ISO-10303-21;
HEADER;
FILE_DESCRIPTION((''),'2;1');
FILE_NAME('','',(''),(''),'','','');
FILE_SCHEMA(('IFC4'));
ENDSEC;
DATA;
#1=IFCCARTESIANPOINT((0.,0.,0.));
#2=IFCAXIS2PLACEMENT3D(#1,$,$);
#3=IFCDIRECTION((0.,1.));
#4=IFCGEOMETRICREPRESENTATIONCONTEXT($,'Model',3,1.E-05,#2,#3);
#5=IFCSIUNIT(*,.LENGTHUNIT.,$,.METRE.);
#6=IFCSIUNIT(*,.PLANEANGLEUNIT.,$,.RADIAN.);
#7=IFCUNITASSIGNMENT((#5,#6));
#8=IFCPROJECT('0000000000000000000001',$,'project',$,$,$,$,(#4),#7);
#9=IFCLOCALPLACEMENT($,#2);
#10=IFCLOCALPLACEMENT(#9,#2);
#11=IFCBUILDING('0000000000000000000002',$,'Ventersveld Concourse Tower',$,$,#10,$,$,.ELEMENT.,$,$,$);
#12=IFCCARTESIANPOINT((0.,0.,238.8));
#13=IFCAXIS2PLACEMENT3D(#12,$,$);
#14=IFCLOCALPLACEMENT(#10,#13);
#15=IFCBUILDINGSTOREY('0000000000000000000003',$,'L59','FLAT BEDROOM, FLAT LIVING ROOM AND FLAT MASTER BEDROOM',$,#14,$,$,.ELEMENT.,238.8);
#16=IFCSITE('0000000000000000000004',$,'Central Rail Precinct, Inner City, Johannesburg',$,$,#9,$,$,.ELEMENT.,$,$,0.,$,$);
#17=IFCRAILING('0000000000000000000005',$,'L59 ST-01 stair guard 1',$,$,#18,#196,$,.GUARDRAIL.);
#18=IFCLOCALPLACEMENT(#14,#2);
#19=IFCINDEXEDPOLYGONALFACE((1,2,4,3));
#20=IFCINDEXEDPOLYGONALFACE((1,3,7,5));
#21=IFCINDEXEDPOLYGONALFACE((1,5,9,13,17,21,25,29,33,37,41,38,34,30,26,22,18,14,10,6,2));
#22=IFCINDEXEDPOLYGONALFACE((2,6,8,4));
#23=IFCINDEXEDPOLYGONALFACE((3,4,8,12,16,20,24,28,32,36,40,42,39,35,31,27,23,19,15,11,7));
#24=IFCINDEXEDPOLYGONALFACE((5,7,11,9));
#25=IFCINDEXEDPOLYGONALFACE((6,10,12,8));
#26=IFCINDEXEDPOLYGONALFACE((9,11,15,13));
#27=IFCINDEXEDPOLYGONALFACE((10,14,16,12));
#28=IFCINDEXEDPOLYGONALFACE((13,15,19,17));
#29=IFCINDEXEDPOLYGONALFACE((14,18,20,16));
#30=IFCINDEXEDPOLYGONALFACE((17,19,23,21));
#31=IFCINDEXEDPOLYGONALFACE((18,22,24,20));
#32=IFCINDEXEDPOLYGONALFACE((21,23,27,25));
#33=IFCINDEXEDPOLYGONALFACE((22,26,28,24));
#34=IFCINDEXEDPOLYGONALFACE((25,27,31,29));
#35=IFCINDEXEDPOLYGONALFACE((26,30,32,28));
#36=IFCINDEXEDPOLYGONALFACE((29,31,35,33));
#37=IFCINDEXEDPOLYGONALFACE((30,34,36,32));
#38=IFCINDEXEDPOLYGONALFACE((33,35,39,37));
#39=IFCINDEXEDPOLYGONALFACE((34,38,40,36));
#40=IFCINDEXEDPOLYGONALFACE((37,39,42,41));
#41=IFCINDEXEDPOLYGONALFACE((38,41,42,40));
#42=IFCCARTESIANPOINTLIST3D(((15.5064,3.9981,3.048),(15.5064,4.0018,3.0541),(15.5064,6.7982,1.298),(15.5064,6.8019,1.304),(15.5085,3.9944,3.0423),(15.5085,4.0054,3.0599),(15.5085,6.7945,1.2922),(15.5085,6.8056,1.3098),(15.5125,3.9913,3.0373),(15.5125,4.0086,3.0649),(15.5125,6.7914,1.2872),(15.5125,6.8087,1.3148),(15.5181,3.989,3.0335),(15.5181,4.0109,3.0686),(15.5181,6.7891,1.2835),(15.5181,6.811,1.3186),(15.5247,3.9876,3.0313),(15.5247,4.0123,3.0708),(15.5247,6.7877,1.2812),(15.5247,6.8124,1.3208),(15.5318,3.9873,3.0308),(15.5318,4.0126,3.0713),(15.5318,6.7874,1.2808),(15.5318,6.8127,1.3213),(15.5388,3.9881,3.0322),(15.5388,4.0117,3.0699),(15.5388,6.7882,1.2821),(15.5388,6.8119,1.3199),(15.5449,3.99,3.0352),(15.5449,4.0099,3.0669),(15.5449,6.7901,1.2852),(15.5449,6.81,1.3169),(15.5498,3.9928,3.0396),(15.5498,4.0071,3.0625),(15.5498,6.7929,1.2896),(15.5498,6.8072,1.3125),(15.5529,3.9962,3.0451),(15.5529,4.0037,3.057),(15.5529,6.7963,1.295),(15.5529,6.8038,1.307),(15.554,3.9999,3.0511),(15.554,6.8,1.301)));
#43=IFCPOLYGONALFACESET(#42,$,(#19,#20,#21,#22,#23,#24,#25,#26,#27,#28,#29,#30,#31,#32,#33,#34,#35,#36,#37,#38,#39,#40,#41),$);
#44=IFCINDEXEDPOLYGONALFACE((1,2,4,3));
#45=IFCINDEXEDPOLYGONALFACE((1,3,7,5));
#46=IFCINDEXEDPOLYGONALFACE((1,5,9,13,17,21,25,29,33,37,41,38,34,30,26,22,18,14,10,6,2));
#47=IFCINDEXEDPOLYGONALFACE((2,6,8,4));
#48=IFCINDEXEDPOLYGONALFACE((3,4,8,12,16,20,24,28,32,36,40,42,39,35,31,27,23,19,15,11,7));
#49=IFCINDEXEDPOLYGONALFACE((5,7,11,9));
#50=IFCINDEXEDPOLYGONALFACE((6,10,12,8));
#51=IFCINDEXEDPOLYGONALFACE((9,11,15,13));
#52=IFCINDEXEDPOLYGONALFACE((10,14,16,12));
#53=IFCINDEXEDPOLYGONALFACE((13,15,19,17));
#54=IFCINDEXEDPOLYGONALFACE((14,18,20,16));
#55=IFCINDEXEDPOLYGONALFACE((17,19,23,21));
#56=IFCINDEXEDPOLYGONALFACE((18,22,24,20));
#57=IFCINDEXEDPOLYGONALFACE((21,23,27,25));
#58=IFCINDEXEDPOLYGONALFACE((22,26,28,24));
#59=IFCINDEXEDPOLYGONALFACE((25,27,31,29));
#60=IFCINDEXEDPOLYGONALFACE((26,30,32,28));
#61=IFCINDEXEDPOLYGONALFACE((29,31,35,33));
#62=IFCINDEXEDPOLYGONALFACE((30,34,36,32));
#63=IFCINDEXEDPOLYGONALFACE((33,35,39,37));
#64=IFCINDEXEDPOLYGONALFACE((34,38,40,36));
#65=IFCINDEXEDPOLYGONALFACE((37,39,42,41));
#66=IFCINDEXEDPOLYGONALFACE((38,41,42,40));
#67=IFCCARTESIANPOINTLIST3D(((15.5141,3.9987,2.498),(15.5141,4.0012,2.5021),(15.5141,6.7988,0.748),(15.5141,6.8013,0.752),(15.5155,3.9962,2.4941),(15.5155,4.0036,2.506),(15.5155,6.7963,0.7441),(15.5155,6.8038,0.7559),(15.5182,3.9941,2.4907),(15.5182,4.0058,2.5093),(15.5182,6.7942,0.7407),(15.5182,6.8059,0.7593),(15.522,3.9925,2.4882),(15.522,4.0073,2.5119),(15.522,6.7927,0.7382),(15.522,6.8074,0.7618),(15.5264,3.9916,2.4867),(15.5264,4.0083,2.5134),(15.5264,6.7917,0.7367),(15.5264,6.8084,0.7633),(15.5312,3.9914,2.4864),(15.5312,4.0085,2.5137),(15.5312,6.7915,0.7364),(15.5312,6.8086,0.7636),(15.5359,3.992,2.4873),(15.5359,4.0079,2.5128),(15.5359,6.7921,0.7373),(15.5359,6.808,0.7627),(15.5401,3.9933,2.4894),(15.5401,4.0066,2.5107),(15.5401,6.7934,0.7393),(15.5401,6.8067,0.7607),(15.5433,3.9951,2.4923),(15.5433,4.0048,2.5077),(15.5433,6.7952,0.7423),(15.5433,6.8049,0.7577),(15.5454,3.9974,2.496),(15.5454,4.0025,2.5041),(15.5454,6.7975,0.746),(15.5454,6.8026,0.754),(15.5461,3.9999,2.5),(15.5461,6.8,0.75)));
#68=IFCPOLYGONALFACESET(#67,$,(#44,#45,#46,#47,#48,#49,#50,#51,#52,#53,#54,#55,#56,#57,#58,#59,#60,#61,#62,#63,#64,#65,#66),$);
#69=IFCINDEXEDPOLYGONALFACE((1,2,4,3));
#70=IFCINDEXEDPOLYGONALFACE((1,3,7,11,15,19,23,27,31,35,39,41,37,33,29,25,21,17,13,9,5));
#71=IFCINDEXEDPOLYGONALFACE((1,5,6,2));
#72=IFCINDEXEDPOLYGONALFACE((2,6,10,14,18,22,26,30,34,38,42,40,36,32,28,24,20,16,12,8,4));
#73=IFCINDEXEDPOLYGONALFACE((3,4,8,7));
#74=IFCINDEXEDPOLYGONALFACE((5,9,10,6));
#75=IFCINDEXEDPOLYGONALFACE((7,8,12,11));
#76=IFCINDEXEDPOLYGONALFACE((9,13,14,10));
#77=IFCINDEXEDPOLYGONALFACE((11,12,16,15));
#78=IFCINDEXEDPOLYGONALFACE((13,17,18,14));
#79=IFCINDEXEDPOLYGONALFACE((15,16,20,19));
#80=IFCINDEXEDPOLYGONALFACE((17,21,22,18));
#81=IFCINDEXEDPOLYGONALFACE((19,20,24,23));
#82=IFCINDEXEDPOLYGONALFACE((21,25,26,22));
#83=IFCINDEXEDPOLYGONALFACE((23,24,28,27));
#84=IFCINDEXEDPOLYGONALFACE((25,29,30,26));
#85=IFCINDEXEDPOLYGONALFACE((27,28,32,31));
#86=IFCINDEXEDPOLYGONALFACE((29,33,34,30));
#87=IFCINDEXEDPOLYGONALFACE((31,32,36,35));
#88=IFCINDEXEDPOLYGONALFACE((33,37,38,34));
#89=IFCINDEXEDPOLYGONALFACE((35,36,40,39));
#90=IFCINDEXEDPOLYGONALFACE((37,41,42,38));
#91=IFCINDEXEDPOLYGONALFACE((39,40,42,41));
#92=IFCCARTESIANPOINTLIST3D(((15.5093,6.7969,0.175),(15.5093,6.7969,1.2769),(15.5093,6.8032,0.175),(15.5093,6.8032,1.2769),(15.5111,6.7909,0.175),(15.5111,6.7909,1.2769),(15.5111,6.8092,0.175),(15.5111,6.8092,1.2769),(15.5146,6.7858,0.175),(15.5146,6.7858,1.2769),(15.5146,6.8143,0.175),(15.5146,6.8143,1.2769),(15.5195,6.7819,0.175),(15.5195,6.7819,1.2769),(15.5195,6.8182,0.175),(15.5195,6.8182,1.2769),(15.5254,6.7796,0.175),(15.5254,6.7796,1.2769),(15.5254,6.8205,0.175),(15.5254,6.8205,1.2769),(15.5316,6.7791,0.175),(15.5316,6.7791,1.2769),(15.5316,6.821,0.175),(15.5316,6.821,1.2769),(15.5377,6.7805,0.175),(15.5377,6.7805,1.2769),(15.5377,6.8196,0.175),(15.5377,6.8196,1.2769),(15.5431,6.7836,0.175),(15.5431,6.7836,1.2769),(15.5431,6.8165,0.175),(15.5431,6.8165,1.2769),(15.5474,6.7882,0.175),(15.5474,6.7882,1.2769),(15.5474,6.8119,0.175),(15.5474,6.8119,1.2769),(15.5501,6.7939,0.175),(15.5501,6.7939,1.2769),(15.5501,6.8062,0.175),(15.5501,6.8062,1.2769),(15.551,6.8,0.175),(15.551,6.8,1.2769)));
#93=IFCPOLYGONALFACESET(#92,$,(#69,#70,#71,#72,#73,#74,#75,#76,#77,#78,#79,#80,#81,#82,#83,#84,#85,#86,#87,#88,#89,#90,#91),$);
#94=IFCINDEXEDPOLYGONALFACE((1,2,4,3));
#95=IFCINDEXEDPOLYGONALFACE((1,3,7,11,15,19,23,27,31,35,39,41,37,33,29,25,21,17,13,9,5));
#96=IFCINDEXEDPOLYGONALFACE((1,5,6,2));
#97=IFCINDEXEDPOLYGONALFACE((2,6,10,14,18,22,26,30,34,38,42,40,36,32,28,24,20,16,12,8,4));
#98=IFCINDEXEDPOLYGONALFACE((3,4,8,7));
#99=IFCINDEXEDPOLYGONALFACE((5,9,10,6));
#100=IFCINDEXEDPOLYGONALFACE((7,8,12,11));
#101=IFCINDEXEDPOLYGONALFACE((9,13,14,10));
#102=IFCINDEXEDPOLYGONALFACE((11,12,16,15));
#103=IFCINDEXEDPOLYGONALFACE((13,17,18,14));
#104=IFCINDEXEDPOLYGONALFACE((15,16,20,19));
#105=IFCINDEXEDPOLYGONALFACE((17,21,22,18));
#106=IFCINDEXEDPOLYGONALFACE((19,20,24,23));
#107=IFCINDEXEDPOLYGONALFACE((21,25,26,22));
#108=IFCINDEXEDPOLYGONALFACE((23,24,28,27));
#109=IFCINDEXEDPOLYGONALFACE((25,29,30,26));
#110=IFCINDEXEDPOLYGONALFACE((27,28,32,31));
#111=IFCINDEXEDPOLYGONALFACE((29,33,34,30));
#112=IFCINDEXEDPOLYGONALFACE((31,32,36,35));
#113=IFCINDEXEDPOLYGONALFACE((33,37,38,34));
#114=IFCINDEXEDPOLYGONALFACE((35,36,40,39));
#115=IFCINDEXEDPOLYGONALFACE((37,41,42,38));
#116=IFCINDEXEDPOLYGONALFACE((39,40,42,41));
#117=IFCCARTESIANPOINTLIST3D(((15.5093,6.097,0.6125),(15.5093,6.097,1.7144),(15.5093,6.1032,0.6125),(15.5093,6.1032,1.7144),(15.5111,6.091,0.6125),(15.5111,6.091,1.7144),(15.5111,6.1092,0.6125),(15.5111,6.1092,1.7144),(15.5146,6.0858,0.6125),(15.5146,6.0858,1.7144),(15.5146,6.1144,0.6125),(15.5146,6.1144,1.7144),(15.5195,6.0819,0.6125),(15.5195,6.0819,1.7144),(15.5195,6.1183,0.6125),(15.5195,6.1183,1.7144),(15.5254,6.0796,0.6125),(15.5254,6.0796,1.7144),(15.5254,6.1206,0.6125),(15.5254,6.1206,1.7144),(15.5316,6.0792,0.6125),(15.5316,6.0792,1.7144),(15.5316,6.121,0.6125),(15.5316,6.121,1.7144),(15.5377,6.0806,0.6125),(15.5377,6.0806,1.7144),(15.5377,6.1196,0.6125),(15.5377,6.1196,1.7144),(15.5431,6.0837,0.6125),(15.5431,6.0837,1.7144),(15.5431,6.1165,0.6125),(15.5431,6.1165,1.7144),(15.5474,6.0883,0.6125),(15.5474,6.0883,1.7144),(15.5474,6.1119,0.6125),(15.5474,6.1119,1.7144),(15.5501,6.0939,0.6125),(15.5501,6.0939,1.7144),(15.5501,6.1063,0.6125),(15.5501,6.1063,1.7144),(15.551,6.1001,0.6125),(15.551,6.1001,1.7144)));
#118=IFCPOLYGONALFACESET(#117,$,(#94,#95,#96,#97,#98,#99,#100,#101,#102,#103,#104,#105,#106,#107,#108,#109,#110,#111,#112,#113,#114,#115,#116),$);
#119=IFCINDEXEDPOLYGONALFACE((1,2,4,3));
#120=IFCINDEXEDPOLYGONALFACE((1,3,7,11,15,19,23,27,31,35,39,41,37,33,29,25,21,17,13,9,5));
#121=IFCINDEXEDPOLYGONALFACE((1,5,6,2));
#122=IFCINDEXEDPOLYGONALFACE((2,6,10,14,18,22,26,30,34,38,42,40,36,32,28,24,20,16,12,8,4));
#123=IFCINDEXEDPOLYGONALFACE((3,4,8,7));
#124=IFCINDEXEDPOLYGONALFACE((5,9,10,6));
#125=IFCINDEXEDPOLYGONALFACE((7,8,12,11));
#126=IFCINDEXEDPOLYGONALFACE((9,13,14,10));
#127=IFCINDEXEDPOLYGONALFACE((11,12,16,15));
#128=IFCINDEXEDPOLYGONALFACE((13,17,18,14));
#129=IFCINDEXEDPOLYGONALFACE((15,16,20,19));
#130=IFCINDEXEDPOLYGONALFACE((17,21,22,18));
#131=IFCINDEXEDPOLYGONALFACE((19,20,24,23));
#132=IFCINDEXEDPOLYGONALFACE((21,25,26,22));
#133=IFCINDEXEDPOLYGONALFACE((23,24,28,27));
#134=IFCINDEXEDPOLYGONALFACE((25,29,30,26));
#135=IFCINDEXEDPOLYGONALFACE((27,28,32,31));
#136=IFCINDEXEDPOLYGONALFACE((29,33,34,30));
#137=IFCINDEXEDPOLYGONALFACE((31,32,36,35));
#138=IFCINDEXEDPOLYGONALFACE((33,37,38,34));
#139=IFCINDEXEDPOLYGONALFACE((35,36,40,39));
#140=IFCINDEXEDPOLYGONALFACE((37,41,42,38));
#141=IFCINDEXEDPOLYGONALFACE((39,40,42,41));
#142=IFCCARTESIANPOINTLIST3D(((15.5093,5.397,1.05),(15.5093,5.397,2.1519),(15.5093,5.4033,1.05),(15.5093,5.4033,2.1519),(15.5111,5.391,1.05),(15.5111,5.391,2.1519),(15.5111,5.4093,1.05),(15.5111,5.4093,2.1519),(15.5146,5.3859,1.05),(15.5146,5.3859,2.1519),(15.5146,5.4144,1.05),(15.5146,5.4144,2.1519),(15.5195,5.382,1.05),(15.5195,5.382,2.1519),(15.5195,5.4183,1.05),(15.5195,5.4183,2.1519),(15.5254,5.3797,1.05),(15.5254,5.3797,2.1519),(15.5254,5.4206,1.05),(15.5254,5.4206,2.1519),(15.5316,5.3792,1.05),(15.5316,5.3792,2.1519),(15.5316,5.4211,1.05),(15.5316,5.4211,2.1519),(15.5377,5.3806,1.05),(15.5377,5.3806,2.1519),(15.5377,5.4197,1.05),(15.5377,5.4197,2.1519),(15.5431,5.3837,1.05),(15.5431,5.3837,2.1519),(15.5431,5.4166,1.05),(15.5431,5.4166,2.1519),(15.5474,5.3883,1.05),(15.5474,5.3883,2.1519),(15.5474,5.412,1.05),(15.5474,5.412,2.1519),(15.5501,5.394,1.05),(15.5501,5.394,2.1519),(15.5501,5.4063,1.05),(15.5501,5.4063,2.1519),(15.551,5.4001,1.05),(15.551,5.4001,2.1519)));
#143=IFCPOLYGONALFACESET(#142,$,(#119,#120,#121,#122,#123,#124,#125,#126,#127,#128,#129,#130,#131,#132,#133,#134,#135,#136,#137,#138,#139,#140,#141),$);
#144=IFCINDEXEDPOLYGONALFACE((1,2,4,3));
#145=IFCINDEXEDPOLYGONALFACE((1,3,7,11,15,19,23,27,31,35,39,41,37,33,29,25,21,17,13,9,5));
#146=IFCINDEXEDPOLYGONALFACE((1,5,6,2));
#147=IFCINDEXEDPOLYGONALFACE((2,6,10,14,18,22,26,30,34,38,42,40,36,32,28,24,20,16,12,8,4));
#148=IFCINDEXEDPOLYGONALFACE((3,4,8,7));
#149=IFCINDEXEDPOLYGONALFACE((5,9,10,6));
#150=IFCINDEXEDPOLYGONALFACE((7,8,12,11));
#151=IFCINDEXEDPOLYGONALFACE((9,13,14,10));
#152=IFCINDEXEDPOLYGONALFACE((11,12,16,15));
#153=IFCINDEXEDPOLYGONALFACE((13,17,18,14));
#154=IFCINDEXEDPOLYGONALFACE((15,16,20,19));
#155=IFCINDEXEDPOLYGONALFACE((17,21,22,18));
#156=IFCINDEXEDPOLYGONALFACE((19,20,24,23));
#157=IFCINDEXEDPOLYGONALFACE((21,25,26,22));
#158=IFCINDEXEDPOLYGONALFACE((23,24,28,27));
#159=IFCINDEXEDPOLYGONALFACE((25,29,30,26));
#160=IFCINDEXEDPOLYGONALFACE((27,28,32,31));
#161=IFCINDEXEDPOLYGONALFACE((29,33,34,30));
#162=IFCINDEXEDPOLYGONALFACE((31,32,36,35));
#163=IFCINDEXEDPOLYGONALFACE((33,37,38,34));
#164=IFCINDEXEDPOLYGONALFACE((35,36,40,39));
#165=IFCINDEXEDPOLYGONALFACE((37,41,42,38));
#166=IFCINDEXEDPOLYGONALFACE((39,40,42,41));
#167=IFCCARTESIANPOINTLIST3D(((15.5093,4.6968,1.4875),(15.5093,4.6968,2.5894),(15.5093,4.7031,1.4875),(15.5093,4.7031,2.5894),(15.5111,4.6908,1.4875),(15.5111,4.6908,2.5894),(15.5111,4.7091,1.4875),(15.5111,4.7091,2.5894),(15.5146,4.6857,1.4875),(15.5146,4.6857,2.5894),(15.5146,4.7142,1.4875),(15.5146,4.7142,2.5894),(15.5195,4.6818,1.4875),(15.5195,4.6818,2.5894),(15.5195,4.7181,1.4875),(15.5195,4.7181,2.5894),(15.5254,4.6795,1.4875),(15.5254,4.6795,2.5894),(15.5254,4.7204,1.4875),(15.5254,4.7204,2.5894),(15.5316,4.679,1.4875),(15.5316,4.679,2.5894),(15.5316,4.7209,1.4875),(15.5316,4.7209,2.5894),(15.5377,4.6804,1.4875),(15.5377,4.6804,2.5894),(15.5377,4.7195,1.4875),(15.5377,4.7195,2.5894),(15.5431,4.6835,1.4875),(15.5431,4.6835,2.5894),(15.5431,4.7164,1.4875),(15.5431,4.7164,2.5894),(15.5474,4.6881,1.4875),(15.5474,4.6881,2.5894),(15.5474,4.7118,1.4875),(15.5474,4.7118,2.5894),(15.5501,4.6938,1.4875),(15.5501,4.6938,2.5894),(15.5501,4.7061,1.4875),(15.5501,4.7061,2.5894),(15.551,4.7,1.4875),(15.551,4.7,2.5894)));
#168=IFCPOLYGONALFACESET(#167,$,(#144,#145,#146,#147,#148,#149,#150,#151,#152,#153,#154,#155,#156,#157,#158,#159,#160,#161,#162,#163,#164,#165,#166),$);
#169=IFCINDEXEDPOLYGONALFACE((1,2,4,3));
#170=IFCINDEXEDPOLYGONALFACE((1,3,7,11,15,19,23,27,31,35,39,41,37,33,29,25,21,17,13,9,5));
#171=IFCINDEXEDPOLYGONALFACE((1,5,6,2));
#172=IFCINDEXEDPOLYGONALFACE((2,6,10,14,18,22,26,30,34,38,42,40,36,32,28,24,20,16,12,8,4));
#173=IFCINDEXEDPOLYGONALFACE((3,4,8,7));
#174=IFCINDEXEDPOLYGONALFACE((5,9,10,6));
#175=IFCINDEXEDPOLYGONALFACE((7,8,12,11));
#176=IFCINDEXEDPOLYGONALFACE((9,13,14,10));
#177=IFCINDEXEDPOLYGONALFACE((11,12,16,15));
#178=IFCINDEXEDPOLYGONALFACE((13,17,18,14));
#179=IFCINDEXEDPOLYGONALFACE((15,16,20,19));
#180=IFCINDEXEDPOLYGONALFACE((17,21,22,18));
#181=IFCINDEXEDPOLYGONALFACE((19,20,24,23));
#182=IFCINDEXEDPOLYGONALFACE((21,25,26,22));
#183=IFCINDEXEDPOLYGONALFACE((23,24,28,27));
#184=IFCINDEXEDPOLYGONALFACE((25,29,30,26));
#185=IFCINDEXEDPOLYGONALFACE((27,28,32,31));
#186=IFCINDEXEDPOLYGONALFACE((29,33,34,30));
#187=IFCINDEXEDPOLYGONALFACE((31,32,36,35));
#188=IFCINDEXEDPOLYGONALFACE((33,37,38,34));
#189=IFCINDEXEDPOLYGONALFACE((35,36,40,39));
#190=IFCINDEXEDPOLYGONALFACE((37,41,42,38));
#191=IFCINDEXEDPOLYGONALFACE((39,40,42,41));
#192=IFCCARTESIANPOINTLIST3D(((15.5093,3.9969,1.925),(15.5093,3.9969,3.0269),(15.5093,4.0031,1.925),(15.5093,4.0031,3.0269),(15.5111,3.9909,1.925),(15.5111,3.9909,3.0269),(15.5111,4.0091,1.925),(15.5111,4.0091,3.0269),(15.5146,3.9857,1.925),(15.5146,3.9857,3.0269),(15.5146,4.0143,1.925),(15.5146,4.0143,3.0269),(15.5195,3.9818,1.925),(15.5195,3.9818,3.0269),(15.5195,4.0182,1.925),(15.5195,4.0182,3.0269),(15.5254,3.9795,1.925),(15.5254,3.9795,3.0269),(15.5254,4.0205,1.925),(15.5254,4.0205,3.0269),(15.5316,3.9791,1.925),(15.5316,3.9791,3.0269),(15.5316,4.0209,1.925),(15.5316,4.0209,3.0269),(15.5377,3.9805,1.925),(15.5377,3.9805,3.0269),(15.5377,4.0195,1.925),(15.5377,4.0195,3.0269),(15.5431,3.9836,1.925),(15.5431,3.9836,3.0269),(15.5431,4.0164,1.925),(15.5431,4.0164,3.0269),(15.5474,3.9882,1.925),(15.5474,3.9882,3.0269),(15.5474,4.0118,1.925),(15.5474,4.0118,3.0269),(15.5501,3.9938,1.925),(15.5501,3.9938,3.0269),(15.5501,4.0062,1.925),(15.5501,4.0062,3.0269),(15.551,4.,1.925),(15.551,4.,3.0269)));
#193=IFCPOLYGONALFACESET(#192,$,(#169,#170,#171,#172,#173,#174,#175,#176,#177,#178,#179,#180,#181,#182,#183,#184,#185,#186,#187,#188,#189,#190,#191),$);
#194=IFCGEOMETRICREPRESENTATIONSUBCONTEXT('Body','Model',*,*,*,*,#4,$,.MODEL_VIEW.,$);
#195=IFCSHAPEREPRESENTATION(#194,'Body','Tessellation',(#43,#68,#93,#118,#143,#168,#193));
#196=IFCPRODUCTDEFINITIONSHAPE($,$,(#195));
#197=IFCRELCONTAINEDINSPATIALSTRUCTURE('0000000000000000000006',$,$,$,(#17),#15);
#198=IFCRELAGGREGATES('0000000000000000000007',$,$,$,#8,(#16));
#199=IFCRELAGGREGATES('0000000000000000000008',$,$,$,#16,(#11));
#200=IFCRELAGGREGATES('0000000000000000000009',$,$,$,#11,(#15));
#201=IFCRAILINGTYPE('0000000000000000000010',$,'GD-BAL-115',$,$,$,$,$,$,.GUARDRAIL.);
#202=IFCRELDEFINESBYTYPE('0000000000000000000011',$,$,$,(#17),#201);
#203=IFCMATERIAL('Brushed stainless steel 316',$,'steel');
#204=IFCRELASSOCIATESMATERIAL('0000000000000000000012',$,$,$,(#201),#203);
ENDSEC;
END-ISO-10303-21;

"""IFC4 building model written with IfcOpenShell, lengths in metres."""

from ifc_helpers import new_model, si_unit, direction, frame, origin, origin_2d, place, context, subcontext, project, spatial, circle, extrude, material, type_object, element, save


model = new_model("IFC4")

# Units and contexts
model_context = context("Model", 3, precision=1e-05, world=origin(), true_north=direction((0.0, 1.0)))
body_context = subcontext(model_context, "Body", "Model", "MODEL_VIEW")
ifc_project = project(units=[si_unit("LENGTHUNIT", "METRE"), si_unit("PLANEANGLEUNIT", "RADIAN")], contexts=[model_context])

# Site, building, storey
site_placement = place(None, origin())
site = spatial("IfcSite", under=ifc_project, at=site_placement, Name="Central Rail Precinct, Inner City, Johannesburg", CompositionType="ELEMENT", RefElevation=0.0)
building_placement = place(site_placement, origin())
building = spatial("IfcBuilding", under=site, at=building_placement, Name="Ventersveld Concourse Tower", CompositionType="ELEMENT")
storey_placement = place(building_placement, frame((0.0, 0.0, 238.8)))
storey = spatial("IfcBuildingStorey", under=building, at=storey_placement, Name="L59", Description="FLAT BEDROOM, FLAT LIVING ROOM AND FLAT MASTER BEDROOM", CompositionType="ELEMENT", Elevation=238.8)

# Railing
ifc_material_1 = material(Name="Brushed stainless steel 316", Category="steel")
railing_type_1 = type_object("IfcRailingType", Name="GD-BAL-115", PredefinedType="GUARDRAIL", material=ifc_material_1)
railing_1_placement = place(storey_placement, frame((15.53, 6.8, 0.175)))
element("IfcRailing", 1, at=railing_1_placement, inside=storey, type_object=railing_type_1, Name="L59 ST-01 stair guard 1", PredefinedType="GUARDRAIL", context=body_context, shape_type="SweptSolid", body=[
    extrude(circle(Radius=0.0239, at=origin_2d()), frame((0.0, 0.0, 1.126), z_axis=(0.0, -0.848002, 0.529992), x_axis=(1.0, 0.0, 0.0)), (0.0, 0.0, 1.0), 3.302),
    extrude(circle(Radius=0.0161, at=origin_2d()), frame((0.0, 0.0, 0.575), z_axis=(0.0, -0.848002, 0.529992), x_axis=(1.0, 0.0, 0.0)), (0.0, 0.0, 1.0), 3.302),
    extrude(circle(Radius=0.021, at=origin_2d()), origin(), (0.0, 0.0, 1.0), 1.1018),
    extrude(circle(Radius=0.021, at=origin_2d()), frame((0.0, -0.7, 0.4375)), (0.0, 0.0, 1.0), 1.1018),
    extrude(circle(Radius=0.021, at=origin_2d()), frame((0.0, -1.3999, 0.875)), (0.0, 0.0, 1.0), 1.1018),
    extrude(circle(Radius=0.021, at=origin_2d()), frame((0.0, -2.1001, 1.3125)), (0.0, 0.0, 1.0), 1.1018),
    extrude(circle(Radius=0.021, at=origin_2d()), frame((0.0, -2.8, 1.75)), (0.0, 0.0, 1.0), 1.1018),
])

save(model, "model.ifc")
